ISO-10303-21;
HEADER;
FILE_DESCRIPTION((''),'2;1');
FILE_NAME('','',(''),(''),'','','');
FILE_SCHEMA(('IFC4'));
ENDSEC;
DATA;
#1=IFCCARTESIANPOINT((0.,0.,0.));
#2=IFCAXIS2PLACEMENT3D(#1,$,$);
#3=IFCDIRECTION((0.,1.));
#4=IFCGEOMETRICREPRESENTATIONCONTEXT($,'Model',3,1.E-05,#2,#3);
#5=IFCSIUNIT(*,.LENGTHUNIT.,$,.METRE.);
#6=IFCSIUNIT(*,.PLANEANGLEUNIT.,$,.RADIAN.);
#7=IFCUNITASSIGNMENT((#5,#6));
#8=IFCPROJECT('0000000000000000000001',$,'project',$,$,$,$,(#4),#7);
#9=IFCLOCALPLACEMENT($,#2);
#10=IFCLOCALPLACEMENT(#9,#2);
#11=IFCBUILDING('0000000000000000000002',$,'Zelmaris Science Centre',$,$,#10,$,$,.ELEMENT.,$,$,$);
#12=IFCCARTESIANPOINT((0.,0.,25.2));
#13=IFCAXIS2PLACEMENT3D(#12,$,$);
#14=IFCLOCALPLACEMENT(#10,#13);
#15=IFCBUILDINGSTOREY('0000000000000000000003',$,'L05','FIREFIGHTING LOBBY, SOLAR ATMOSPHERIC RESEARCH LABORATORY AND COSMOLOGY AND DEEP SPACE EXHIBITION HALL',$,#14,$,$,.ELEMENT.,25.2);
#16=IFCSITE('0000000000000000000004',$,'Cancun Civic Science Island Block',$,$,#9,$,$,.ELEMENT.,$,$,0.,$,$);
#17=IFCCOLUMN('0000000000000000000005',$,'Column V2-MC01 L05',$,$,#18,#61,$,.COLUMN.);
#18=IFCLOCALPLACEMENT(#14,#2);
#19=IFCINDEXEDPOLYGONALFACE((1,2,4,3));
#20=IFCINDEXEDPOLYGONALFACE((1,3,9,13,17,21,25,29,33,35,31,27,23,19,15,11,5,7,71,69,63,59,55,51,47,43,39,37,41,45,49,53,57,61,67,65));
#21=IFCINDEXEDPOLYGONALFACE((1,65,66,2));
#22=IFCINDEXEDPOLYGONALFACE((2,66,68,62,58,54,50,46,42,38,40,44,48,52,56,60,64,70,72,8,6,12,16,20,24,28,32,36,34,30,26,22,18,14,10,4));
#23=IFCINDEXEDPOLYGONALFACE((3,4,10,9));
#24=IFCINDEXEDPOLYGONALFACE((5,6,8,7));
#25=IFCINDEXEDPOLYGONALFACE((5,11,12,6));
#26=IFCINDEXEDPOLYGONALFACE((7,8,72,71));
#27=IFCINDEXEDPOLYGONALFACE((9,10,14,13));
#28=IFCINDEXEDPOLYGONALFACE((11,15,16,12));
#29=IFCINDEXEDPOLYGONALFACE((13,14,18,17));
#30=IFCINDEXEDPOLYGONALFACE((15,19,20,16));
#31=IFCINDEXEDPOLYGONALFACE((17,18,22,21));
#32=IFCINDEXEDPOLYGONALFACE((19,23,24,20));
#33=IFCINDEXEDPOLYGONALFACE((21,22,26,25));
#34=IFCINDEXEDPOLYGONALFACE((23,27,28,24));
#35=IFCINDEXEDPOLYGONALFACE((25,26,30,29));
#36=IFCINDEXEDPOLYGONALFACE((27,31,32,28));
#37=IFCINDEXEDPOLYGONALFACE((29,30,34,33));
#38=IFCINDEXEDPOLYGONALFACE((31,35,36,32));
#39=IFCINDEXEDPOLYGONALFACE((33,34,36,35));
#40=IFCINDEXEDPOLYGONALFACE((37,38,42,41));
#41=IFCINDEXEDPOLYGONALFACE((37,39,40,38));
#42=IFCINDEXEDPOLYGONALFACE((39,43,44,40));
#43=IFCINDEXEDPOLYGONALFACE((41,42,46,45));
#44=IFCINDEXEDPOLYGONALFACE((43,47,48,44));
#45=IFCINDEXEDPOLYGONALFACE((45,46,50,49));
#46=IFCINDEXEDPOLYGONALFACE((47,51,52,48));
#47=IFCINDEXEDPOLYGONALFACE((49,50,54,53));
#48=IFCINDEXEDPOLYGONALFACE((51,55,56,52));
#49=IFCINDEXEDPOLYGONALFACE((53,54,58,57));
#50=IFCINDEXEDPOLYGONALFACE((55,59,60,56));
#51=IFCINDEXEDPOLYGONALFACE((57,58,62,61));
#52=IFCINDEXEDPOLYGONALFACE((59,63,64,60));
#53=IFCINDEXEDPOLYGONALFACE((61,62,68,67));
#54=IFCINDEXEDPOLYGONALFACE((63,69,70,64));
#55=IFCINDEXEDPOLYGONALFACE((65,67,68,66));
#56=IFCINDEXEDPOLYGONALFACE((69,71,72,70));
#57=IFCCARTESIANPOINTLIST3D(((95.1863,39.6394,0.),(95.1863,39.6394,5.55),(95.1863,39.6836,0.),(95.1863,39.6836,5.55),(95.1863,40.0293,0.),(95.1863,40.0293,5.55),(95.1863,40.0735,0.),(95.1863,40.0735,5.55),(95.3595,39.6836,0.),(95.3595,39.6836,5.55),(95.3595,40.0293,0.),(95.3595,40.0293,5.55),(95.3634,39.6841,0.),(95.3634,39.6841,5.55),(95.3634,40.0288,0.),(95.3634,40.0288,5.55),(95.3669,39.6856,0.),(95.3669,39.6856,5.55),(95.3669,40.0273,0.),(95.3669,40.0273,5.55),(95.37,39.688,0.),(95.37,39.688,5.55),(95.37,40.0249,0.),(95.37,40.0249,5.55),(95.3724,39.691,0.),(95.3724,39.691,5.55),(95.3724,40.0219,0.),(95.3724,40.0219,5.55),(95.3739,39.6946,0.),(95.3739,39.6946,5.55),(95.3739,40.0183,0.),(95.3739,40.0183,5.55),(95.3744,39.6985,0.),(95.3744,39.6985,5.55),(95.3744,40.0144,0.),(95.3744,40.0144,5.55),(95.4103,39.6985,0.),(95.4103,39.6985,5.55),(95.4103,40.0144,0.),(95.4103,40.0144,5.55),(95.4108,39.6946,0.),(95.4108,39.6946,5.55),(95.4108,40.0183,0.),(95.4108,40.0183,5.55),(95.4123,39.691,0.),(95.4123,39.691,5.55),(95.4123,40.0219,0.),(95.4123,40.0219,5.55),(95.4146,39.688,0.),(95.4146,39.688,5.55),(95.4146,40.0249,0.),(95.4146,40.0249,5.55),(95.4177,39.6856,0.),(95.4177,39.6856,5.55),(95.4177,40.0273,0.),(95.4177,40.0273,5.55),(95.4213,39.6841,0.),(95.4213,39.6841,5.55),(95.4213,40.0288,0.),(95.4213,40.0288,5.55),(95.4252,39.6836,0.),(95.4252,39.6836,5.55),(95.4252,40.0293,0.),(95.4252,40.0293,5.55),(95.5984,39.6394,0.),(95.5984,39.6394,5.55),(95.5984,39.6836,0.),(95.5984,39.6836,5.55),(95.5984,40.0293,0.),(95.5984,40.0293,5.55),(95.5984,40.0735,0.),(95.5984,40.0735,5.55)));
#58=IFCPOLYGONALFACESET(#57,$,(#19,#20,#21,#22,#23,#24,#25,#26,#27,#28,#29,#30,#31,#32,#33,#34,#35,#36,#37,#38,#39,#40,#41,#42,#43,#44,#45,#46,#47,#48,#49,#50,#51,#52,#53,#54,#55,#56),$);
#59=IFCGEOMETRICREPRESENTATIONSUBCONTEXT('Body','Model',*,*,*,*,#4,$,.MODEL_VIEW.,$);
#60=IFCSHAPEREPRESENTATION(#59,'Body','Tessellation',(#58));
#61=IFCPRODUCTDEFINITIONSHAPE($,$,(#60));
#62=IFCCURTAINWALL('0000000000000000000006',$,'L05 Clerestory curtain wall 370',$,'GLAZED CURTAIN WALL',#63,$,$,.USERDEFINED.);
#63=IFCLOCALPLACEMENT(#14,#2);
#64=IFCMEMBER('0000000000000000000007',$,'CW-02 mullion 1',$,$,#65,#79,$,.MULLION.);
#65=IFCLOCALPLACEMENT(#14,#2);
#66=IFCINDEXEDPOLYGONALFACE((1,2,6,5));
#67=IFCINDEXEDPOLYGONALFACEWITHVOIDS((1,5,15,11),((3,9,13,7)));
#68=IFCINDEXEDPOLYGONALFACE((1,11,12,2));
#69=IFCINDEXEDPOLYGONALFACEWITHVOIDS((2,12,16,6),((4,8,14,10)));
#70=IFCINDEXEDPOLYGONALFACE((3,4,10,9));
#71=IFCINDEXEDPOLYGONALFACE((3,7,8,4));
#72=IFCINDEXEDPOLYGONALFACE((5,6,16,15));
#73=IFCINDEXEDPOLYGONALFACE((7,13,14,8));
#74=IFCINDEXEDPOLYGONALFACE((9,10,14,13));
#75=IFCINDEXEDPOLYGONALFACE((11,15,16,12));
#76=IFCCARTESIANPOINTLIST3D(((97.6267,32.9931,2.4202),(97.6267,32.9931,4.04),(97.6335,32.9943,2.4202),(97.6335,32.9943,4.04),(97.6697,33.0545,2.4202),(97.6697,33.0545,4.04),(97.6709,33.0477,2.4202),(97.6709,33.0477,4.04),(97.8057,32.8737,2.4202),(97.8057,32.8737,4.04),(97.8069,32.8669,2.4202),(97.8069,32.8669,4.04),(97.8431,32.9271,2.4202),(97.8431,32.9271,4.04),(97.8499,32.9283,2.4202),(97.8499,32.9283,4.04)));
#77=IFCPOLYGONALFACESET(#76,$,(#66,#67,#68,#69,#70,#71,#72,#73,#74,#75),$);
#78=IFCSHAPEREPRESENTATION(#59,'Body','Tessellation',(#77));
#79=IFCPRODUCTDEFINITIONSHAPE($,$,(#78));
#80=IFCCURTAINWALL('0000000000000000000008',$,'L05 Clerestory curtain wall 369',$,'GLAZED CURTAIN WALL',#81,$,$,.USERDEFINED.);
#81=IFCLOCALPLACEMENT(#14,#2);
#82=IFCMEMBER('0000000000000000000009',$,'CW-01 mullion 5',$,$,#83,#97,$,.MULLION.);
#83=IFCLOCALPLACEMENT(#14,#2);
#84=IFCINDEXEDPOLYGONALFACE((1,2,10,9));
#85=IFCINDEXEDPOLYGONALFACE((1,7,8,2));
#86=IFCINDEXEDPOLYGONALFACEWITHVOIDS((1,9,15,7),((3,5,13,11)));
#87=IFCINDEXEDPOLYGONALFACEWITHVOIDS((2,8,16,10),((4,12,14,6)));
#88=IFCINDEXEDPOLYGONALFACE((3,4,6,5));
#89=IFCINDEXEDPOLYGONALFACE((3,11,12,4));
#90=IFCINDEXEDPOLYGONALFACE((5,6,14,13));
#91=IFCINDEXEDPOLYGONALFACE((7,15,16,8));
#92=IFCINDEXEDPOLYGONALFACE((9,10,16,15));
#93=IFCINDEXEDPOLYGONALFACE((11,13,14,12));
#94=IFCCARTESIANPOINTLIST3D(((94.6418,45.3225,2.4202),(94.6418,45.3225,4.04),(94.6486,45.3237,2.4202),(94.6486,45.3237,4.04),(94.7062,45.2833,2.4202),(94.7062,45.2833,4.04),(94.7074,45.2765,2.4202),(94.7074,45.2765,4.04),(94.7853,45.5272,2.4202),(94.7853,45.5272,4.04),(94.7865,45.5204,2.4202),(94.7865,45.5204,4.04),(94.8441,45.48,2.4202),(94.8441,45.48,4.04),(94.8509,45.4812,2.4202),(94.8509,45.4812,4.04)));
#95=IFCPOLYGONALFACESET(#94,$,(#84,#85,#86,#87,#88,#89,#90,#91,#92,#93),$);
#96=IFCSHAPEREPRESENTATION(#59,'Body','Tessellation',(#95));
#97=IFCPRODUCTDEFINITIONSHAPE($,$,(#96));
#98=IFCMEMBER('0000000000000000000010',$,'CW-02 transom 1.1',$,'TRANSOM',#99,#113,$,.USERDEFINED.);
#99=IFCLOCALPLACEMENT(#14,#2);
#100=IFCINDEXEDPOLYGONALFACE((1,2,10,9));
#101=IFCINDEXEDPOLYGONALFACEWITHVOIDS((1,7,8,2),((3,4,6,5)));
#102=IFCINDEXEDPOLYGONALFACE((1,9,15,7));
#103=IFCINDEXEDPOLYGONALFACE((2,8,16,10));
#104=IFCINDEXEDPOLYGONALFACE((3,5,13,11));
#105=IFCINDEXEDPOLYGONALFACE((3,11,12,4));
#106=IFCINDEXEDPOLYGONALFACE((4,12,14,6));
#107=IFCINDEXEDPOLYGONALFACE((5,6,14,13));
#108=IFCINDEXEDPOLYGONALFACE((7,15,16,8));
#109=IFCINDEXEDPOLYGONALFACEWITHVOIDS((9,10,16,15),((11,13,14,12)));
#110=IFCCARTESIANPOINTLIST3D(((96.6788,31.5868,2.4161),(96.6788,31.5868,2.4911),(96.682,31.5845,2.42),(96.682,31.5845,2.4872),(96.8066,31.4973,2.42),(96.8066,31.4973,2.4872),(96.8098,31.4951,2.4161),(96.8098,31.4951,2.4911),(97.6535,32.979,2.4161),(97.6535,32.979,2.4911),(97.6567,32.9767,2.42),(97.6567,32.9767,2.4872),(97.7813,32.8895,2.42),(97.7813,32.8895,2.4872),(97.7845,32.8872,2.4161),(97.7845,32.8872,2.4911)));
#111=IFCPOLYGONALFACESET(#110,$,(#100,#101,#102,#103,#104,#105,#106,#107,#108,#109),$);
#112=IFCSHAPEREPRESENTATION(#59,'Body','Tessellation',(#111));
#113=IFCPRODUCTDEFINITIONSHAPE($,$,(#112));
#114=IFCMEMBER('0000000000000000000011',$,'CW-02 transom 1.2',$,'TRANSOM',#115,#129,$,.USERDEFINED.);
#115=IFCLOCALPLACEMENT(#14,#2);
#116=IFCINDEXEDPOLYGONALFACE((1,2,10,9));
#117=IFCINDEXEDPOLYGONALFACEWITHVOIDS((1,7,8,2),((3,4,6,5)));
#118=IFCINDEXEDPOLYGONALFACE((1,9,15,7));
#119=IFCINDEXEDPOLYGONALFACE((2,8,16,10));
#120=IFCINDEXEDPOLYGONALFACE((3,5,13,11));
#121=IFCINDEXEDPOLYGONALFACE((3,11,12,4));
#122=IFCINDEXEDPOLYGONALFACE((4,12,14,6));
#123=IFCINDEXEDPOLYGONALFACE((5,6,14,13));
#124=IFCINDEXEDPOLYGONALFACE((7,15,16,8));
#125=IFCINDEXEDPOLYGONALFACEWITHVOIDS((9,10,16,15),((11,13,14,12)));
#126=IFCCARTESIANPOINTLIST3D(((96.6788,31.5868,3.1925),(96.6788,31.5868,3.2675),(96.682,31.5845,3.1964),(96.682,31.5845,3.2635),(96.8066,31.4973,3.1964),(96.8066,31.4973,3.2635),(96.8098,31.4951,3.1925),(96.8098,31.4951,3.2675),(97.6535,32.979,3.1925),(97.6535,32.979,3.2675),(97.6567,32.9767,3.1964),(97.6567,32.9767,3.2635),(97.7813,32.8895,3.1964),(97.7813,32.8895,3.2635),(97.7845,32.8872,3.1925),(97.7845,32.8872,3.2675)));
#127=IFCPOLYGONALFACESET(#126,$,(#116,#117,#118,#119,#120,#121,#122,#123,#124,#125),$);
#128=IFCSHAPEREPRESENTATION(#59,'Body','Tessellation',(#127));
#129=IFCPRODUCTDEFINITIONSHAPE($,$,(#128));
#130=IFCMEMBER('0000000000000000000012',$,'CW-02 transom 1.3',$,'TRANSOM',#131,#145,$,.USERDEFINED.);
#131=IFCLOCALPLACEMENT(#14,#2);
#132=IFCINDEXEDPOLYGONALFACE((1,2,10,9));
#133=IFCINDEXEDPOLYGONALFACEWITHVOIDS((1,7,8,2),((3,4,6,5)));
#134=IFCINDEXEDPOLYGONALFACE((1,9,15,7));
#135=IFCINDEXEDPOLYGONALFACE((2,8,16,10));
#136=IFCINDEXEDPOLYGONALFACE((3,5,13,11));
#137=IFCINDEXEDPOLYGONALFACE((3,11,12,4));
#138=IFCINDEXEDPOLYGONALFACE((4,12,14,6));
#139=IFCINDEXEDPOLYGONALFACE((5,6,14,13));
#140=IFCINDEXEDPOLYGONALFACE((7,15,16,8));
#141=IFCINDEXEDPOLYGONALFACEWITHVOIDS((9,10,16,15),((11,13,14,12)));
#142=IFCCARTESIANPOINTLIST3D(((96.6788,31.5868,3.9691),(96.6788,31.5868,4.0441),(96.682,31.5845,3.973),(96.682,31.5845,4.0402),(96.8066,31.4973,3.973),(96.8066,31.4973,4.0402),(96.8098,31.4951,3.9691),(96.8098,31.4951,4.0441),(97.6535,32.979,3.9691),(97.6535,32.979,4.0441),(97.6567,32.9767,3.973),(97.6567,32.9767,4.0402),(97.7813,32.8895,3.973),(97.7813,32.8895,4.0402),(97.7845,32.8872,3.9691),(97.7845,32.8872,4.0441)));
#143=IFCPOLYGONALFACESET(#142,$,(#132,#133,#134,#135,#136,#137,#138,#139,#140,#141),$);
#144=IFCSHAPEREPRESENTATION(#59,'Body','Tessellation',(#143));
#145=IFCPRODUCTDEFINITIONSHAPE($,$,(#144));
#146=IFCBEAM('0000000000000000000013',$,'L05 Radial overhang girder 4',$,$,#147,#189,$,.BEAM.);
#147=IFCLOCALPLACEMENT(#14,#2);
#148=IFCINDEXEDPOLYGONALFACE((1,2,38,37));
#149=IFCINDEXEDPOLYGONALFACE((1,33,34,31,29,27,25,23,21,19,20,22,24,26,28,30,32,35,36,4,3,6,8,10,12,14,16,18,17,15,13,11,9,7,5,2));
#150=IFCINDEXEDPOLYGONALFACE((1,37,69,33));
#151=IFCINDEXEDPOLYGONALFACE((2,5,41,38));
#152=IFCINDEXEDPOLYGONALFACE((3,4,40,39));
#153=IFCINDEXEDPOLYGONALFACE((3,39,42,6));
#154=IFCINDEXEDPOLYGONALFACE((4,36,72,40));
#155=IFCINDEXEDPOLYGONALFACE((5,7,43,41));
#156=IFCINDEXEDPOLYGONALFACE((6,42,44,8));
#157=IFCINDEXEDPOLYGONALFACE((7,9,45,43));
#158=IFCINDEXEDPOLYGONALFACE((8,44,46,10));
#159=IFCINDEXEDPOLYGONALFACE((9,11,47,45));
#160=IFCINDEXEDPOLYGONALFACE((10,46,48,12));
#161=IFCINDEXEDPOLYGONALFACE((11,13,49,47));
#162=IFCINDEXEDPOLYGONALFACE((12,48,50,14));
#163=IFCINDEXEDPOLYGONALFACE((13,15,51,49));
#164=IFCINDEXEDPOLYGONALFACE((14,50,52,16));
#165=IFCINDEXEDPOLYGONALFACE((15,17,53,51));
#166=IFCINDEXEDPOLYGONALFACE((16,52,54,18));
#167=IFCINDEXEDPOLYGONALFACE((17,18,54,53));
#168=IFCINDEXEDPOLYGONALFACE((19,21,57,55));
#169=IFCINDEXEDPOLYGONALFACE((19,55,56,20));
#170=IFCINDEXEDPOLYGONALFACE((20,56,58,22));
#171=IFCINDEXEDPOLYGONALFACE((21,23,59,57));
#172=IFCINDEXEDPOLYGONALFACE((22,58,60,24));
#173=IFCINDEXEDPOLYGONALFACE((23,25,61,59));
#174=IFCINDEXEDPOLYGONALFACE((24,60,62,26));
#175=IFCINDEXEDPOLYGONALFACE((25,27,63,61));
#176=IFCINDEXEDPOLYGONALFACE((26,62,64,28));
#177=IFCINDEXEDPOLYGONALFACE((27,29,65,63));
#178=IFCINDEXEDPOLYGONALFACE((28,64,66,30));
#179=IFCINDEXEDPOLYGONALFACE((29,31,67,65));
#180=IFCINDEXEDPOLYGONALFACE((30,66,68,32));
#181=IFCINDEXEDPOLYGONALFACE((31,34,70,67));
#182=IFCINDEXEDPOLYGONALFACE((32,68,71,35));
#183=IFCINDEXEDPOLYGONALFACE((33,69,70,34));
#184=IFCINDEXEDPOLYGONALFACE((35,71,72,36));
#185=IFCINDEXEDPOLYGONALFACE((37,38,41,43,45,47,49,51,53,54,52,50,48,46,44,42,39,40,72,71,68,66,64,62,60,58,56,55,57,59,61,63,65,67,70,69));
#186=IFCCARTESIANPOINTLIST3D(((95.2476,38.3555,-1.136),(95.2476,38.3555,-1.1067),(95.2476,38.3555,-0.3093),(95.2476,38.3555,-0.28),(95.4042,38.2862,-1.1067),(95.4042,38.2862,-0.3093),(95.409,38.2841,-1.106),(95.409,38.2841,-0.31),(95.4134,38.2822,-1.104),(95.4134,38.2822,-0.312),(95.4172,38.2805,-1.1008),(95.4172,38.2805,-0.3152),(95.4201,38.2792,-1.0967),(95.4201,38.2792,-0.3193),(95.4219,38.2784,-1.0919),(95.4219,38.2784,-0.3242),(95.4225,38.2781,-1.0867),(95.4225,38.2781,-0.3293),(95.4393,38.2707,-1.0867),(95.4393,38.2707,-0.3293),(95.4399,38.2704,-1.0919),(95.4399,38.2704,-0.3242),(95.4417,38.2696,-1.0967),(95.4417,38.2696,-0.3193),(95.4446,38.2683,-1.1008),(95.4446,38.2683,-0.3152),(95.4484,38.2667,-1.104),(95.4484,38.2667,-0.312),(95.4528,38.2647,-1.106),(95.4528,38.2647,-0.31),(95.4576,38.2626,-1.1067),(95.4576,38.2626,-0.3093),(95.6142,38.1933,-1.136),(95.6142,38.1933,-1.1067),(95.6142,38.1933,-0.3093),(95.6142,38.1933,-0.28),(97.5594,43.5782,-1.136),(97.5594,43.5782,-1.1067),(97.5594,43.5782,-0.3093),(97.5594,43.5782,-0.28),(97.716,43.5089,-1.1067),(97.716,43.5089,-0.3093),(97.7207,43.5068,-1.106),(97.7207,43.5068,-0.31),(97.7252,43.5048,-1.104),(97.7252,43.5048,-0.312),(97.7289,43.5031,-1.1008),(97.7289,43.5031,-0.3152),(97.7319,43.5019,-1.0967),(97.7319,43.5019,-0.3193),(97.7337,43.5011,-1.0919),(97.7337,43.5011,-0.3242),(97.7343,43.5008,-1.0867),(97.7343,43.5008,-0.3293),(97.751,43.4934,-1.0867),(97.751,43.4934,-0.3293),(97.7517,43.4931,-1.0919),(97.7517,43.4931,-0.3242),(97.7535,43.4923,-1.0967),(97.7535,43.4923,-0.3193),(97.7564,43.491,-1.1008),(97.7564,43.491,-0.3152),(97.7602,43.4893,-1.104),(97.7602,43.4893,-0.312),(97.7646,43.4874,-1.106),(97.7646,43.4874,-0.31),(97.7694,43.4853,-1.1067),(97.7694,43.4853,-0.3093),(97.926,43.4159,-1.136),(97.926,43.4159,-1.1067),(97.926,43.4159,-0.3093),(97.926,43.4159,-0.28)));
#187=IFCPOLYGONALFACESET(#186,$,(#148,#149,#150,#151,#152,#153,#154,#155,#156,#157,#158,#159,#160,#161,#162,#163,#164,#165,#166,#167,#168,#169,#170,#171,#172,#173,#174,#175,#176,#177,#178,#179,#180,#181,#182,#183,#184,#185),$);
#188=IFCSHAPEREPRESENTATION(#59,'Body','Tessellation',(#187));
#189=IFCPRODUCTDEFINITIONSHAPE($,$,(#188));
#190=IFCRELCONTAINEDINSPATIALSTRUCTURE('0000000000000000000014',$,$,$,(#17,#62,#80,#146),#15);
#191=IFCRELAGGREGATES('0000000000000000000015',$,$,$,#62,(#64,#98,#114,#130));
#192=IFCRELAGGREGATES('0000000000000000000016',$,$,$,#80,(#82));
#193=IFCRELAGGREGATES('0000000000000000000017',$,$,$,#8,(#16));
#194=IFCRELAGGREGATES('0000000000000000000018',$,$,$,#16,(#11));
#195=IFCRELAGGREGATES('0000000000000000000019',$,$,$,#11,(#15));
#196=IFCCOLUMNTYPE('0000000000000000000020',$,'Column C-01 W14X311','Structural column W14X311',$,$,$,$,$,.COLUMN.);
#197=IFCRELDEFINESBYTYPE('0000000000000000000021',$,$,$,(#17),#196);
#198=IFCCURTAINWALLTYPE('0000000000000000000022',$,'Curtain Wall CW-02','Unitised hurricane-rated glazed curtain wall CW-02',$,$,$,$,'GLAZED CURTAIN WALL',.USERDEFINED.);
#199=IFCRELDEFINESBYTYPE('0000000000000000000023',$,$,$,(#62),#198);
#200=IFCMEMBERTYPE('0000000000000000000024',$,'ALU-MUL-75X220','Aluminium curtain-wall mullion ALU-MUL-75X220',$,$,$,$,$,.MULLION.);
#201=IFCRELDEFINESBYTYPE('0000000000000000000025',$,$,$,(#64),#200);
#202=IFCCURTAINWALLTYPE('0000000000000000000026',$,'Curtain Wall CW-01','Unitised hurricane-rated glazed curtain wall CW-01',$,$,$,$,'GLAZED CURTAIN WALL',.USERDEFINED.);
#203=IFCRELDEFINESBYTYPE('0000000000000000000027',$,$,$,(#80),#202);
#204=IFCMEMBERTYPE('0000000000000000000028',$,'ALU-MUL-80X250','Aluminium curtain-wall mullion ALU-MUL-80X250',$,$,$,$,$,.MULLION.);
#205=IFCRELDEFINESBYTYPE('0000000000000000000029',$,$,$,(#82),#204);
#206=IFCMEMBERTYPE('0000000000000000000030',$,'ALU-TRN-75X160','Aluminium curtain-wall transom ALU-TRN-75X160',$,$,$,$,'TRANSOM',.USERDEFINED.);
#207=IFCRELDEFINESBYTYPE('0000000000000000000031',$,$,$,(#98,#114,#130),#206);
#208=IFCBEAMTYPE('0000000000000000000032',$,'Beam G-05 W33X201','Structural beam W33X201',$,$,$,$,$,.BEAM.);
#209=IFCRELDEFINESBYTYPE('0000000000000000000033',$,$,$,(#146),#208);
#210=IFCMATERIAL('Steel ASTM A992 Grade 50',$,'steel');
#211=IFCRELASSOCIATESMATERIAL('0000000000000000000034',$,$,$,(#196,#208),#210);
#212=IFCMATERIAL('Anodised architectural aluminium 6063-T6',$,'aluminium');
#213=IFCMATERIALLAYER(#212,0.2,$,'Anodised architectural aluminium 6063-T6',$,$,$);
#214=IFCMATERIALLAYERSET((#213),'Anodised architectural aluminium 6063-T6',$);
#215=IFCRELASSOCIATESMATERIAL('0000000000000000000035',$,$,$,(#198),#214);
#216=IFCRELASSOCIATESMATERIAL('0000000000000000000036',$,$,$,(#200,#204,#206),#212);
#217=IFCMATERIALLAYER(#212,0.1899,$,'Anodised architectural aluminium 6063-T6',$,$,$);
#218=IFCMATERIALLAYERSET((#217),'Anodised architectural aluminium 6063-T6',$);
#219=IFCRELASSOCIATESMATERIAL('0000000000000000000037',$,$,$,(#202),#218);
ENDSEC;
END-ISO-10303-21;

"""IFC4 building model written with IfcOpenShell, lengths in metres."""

from ifc_helpers import new_model, si_unit, direction, frame, origin, origin_2d, place, context, subcontext, project, spatial, hollow_rectangle, i_section, extrude, material, layer, layer_set, material_profile, profile_set, type_object, element, aggregate, save


model = new_model("IFC4")

# Units and contexts
model_context = context("Model", 3, precision=1e-05, world=origin(), true_north=direction((0.0, 1.0)))
body_context = subcontext(model_context, "Body", "Model", "MODEL_VIEW")
ifc_project = project(units=[si_unit("LENGTHUNIT", "METRE"), si_unit("PLANEANGLEUNIT", "RADIAN")], contexts=[model_context])

# Site, building, storey
site_placement = place(None, origin())
site = spatial("IfcSite", under=ifc_project, at=site_placement, Name="Cancun Civic Science Island Block", CompositionType="ELEMENT", RefElevation=0.0)
building_placement = place(site_placement, origin())
building = spatial("IfcBuilding", under=site, at=building_placement, Name="Zelmaris Science Centre", CompositionType="ELEMENT")
storey_placement = place(building_placement, frame((0.0, 0.0, 25.2)))
storey = spatial("IfcBuildingStorey", under=building, at=storey_placement, Name="L05", Description="FIREFIGHTING LOBBY, SOLAR ATMOSPHERIC RESEARCH LABORATORY AND COSMOLOGY AND DEEP SPACE EXHIBITION HALL", CompositionType="ELEMENT", Elevation=25.2)

# Column
ifc_material_1 = material(Name="Steel ASTM A992 Grade 50", Category="steel")
ifc_material_profile_1 = material_profile(ifc_material_1, i_section(OverallWidth=0.4121, OverallDepth=0.4341, WebThickness=0.0359, FlangeThickness=0.0442, FilletRadius=0.0149, at=origin_2d()), Name="W14X311")
ifc_profile_set_1 = profile_set([ifc_material_profile_1], Name="Steel ASTM A992 Grade 50")
column_type = type_object("IfcColumnType", Name="Column C-01 W14X311", Description="Structural column W14X311", PredefinedType="COLUMN", material=ifc_profile_set_1)
column_placement = place(storey_placement, frame((95.3923, 39.8564, 0.0), z_axis=(0.0, 0.0, 1.0), x_axis=(1.0, 0.0, 0.0)))
element("IfcColumn", 1, at=column_placement, inside=storey, type_object=column_type, Name="Column V2-MC01 L05", PredefinedType="COLUMN", context=body_context, shape_type="SweptSolid", body=[
    extrude(i_section(OverallWidth=0.4121, OverallDepth=0.4341, WebThickness=0.0359, FlangeThickness=0.0442, FilletRadius=0.0149, at=origin_2d()), origin(), (0.0, 0.0, 1.0), 5.55),
])

# Curtain walls, members
ifc_material_2 = material(Name="Anodised architectural aluminium 6063-T6", Category="aluminium")
ifc_layer_1 = layer(ifc_material_2, 0.2, Name="Anodised architectural aluminium 6063-T6")
ifc_layer_set_1 = layer_set([ifc_layer_1], Name="Anodised architectural aluminium 6063-T6")
curtain_wall_type_1 = type_object("IfcCurtainWallType", Name="Curtain Wall CW-02", Description="Unitised hurricane-rated glazed curtain wall CW-02", ElementType="GLAZED CURTAIN WALL", PredefinedType="USERDEFINED", material=ifc_layer_set_1)
curtain_wall_1_placement = place(storey_placement, origin())
curtain_wall_1 = element("IfcCurtainWall", 2, at=curtain_wall_1_placement, inside=storey, type_object=curtain_wall_type_1, Name="L05 Clerestory curtain wall 370", ObjectType="GLAZED CURTAIN WALL", PredefinedType="USERDEFINED")
ifc_material_profile_2 = material_profile(ifc_material_2, hollow_rectangle(XDim=0.075, YDim=0.22, WallThickness=0.0049, at=origin_2d()), Name="ALU-MUL-75X220")
ifc_profile_set_2 = profile_set([ifc_material_profile_2], Name="Anodised architectural aluminium 6063-T6")
member_type_1 = type_object("IfcMemberType", Name="ALU-MUL-75X220", Description="Aluminium curtain-wall mullion ALU-MUL-75X220", PredefinedType="MULLION", material=ifc_profile_set_2)
member_1_placement = place(storey_placement, frame((97.7383, 32.9607, 2.4202), z_axis=(0.0, 0.0, 1.0), x_axis=(-0.573575, -0.819153, 0.0)))
member_1 = element("IfcMember", 3, at=member_1_placement, type_object=member_type_1, Name="CW-02 mullion 1", PredefinedType="MULLION", context=body_context, shape_type="SweptSolid", body=[
    extrude(hollow_rectangle(XDim=0.075, YDim=0.22, WallThickness=0.0049, at=origin_2d()), origin(), (0.0, 0.0, 1.0), 1.6199),
])
ifc_layer_2 = layer(ifc_material_2, 0.1899, Name="Anodised architectural aluminium 6063-T6")
ifc_layer_set_2 = layer_set([ifc_layer_2], Name="Anodised architectural aluminium 6063-T6")
curtain_wall_type_2 = type_object("IfcCurtainWallType", Name="Curtain Wall CW-01", Description="Unitised hurricane-rated glazed curtain wall CW-01", ElementType="GLAZED CURTAIN WALL", PredefinedType="USERDEFINED", material=ifc_layer_set_2)
curtain_wall_2_placement = place(storey_placement, origin())
curtain_wall_2 = element("IfcCurtainWall", 4, at=curtain_wall_2_placement, inside=storey, type_object=curtain_wall_type_2, Name="L05 Clerestory curtain wall 369", ObjectType="GLAZED CURTAIN WALL", PredefinedType="USERDEFINED")
ifc_material_profile_3 = material_profile(ifc_material_2, hollow_rectangle(XDim=0.0801, YDim=0.25, WallThickness=0.0049, at=origin_2d()), Name="ALU-MUL-80X250")
ifc_profile_set_3 = profile_set([ifc_material_profile_3], Name="Anodised architectural aluminium 6063-T6")
member_type_2 = type_object("IfcMemberType", Name="ALU-MUL-80X250", Description="Aluminium curtain-wall mullion ALU-MUL-80X250", PredefinedType="MULLION", material=ifc_profile_set_3)
member_2_placement = place(storey_placement, frame((94.7463, 45.4019, 2.4202), z_axis=(0.0, 0.0, 1.0), x_axis=(0.818853, -0.574004, 0.0)))
member_2 = element("IfcMember", 5, at=member_2_placement, type_object=member_type_2, Name="CW-01 mullion 5", PredefinedType="MULLION", context=body_context, shape_type="SweptSolid", body=[
    extrude(hollow_rectangle(XDim=0.0801, YDim=0.25, WallThickness=0.0049, at=origin_2d()), origin(), (0.0, 0.0, 1.0), 1.6199),
])

# Members
ifc_material_profile_4 = material_profile(ifc_material_2, hollow_rectangle(XDim=0.075, YDim=0.1599, WallThickness=0.0039, at=origin_2d()), Name="ALU-TRN-75X160")
ifc_profile_set_4 = profile_set([ifc_material_profile_4], Name="Anodised architectural aluminium 6063-T6")
member_type_3 = type_object("IfcMemberType", Name="ALU-TRN-75X160", Description="Aluminium curtain-wall transom ALU-TRN-75X160", ElementType="TRANSOM", PredefinedType="USERDEFINED", material=ifc_profile_set_4)
member_3_placement = place(storey_placement, frame((97.719, 32.9331, 2.4536), z_axis=(-0.57352, -0.819191, 0.0), x_axis=(0.0, 0.0, 1.0)))
member_3 = element("IfcMember", 6, at=member_3_placement, type_object=member_type_3, Name="CW-02 transom 1.1", ObjectType="TRANSOM", PredefinedType="USERDEFINED", context=body_context, shape_type="SweptSolid", body=[
    extrude(hollow_rectangle(XDim=0.075, YDim=0.1599, WallThickness=0.0039, at=origin_2d()), origin(), (0.0, 0.0, 1.0), 1.6995),
])
member_4_placement = place(storey_placement, frame((97.719, 32.9331, 3.23), z_axis=(-0.57352, -0.819191, 0.0), x_axis=(0.0, 0.0, 1.0)))
member_4 = element("IfcMember", 7, at=member_4_placement, type_object=member_type_3, Name="CW-02 transom 1.2", ObjectType="TRANSOM", PredefinedType="USERDEFINED", context=body_context, shape_type="SweptSolid", body=[
    extrude(hollow_rectangle(XDim=0.075, YDim=0.1599, WallThickness=0.0039, at=origin_2d()), origin(), (0.0, 0.0, 1.0), 1.6995),
])
member_5_placement = place(storey_placement, frame((97.719, 32.9331, 4.0066), z_axis=(-0.57352, -0.819191, 0.0), x_axis=(0.0, 0.0, 1.0)))
member_5 = element("IfcMember", 8, at=member_5_placement, type_object=member_type_3, Name="CW-02 transom 1.3", ObjectType="TRANSOM", PredefinedType="USERDEFINED", context=body_context, shape_type="SweptSolid", body=[
    extrude(hollow_rectangle(XDim=0.075, YDim=0.1599, WallThickness=0.0039, at=origin_2d()), origin(), (0.0, 0.0, 1.0), 1.6995),
])
aggregate(curtain_wall_1, [member_1, member_3, member_4, member_5])

# Beam
ifc_material_profile_5 = material_profile(ifc_material_1, i_section(OverallWidth=0.4009, OverallDepth=0.856, WebThickness=0.0183, FlangeThickness=0.0293, FilletRadius=0.02, at=origin_2d()), Name="W33X201")
ifc_profile_set_5 = profile_set([ifc_material_profile_5], Name="Steel ASTM A992 Grade 50")
beam_type_1 = type_object("IfcBeamType", Name="Beam G-05 W33X201", Description="Structural beam W33X201", PredefinedType="BEAM", material=ifc_profile_set_5)
beam_1_placement = place(storey_placement, frame((95.4309, 38.2744, -0.708), z_axis=(0.404762, 0.914422, 0.0), x_axis=(-0.914422, 0.404762, 0.0)))
element("IfcBeam", 9, at=beam_1_placement, inside=storey, type_object=beam_type_1, Name="L05 Radial overhang girder 4", PredefinedType="BEAM", context=body_context, shape_type="SweptSolid", body=[
    extrude(i_section(OverallWidth=0.4009, OverallDepth=0.856, WebThickness=0.0183, FlangeThickness=0.0293, FilletRadius=0.02, at=origin_2d()), origin(), (0.0, 0.0, 1.0), 5.7114),
])

aggregate(curtain_wall_2, [member_2])

save(model, "model.ifc")
